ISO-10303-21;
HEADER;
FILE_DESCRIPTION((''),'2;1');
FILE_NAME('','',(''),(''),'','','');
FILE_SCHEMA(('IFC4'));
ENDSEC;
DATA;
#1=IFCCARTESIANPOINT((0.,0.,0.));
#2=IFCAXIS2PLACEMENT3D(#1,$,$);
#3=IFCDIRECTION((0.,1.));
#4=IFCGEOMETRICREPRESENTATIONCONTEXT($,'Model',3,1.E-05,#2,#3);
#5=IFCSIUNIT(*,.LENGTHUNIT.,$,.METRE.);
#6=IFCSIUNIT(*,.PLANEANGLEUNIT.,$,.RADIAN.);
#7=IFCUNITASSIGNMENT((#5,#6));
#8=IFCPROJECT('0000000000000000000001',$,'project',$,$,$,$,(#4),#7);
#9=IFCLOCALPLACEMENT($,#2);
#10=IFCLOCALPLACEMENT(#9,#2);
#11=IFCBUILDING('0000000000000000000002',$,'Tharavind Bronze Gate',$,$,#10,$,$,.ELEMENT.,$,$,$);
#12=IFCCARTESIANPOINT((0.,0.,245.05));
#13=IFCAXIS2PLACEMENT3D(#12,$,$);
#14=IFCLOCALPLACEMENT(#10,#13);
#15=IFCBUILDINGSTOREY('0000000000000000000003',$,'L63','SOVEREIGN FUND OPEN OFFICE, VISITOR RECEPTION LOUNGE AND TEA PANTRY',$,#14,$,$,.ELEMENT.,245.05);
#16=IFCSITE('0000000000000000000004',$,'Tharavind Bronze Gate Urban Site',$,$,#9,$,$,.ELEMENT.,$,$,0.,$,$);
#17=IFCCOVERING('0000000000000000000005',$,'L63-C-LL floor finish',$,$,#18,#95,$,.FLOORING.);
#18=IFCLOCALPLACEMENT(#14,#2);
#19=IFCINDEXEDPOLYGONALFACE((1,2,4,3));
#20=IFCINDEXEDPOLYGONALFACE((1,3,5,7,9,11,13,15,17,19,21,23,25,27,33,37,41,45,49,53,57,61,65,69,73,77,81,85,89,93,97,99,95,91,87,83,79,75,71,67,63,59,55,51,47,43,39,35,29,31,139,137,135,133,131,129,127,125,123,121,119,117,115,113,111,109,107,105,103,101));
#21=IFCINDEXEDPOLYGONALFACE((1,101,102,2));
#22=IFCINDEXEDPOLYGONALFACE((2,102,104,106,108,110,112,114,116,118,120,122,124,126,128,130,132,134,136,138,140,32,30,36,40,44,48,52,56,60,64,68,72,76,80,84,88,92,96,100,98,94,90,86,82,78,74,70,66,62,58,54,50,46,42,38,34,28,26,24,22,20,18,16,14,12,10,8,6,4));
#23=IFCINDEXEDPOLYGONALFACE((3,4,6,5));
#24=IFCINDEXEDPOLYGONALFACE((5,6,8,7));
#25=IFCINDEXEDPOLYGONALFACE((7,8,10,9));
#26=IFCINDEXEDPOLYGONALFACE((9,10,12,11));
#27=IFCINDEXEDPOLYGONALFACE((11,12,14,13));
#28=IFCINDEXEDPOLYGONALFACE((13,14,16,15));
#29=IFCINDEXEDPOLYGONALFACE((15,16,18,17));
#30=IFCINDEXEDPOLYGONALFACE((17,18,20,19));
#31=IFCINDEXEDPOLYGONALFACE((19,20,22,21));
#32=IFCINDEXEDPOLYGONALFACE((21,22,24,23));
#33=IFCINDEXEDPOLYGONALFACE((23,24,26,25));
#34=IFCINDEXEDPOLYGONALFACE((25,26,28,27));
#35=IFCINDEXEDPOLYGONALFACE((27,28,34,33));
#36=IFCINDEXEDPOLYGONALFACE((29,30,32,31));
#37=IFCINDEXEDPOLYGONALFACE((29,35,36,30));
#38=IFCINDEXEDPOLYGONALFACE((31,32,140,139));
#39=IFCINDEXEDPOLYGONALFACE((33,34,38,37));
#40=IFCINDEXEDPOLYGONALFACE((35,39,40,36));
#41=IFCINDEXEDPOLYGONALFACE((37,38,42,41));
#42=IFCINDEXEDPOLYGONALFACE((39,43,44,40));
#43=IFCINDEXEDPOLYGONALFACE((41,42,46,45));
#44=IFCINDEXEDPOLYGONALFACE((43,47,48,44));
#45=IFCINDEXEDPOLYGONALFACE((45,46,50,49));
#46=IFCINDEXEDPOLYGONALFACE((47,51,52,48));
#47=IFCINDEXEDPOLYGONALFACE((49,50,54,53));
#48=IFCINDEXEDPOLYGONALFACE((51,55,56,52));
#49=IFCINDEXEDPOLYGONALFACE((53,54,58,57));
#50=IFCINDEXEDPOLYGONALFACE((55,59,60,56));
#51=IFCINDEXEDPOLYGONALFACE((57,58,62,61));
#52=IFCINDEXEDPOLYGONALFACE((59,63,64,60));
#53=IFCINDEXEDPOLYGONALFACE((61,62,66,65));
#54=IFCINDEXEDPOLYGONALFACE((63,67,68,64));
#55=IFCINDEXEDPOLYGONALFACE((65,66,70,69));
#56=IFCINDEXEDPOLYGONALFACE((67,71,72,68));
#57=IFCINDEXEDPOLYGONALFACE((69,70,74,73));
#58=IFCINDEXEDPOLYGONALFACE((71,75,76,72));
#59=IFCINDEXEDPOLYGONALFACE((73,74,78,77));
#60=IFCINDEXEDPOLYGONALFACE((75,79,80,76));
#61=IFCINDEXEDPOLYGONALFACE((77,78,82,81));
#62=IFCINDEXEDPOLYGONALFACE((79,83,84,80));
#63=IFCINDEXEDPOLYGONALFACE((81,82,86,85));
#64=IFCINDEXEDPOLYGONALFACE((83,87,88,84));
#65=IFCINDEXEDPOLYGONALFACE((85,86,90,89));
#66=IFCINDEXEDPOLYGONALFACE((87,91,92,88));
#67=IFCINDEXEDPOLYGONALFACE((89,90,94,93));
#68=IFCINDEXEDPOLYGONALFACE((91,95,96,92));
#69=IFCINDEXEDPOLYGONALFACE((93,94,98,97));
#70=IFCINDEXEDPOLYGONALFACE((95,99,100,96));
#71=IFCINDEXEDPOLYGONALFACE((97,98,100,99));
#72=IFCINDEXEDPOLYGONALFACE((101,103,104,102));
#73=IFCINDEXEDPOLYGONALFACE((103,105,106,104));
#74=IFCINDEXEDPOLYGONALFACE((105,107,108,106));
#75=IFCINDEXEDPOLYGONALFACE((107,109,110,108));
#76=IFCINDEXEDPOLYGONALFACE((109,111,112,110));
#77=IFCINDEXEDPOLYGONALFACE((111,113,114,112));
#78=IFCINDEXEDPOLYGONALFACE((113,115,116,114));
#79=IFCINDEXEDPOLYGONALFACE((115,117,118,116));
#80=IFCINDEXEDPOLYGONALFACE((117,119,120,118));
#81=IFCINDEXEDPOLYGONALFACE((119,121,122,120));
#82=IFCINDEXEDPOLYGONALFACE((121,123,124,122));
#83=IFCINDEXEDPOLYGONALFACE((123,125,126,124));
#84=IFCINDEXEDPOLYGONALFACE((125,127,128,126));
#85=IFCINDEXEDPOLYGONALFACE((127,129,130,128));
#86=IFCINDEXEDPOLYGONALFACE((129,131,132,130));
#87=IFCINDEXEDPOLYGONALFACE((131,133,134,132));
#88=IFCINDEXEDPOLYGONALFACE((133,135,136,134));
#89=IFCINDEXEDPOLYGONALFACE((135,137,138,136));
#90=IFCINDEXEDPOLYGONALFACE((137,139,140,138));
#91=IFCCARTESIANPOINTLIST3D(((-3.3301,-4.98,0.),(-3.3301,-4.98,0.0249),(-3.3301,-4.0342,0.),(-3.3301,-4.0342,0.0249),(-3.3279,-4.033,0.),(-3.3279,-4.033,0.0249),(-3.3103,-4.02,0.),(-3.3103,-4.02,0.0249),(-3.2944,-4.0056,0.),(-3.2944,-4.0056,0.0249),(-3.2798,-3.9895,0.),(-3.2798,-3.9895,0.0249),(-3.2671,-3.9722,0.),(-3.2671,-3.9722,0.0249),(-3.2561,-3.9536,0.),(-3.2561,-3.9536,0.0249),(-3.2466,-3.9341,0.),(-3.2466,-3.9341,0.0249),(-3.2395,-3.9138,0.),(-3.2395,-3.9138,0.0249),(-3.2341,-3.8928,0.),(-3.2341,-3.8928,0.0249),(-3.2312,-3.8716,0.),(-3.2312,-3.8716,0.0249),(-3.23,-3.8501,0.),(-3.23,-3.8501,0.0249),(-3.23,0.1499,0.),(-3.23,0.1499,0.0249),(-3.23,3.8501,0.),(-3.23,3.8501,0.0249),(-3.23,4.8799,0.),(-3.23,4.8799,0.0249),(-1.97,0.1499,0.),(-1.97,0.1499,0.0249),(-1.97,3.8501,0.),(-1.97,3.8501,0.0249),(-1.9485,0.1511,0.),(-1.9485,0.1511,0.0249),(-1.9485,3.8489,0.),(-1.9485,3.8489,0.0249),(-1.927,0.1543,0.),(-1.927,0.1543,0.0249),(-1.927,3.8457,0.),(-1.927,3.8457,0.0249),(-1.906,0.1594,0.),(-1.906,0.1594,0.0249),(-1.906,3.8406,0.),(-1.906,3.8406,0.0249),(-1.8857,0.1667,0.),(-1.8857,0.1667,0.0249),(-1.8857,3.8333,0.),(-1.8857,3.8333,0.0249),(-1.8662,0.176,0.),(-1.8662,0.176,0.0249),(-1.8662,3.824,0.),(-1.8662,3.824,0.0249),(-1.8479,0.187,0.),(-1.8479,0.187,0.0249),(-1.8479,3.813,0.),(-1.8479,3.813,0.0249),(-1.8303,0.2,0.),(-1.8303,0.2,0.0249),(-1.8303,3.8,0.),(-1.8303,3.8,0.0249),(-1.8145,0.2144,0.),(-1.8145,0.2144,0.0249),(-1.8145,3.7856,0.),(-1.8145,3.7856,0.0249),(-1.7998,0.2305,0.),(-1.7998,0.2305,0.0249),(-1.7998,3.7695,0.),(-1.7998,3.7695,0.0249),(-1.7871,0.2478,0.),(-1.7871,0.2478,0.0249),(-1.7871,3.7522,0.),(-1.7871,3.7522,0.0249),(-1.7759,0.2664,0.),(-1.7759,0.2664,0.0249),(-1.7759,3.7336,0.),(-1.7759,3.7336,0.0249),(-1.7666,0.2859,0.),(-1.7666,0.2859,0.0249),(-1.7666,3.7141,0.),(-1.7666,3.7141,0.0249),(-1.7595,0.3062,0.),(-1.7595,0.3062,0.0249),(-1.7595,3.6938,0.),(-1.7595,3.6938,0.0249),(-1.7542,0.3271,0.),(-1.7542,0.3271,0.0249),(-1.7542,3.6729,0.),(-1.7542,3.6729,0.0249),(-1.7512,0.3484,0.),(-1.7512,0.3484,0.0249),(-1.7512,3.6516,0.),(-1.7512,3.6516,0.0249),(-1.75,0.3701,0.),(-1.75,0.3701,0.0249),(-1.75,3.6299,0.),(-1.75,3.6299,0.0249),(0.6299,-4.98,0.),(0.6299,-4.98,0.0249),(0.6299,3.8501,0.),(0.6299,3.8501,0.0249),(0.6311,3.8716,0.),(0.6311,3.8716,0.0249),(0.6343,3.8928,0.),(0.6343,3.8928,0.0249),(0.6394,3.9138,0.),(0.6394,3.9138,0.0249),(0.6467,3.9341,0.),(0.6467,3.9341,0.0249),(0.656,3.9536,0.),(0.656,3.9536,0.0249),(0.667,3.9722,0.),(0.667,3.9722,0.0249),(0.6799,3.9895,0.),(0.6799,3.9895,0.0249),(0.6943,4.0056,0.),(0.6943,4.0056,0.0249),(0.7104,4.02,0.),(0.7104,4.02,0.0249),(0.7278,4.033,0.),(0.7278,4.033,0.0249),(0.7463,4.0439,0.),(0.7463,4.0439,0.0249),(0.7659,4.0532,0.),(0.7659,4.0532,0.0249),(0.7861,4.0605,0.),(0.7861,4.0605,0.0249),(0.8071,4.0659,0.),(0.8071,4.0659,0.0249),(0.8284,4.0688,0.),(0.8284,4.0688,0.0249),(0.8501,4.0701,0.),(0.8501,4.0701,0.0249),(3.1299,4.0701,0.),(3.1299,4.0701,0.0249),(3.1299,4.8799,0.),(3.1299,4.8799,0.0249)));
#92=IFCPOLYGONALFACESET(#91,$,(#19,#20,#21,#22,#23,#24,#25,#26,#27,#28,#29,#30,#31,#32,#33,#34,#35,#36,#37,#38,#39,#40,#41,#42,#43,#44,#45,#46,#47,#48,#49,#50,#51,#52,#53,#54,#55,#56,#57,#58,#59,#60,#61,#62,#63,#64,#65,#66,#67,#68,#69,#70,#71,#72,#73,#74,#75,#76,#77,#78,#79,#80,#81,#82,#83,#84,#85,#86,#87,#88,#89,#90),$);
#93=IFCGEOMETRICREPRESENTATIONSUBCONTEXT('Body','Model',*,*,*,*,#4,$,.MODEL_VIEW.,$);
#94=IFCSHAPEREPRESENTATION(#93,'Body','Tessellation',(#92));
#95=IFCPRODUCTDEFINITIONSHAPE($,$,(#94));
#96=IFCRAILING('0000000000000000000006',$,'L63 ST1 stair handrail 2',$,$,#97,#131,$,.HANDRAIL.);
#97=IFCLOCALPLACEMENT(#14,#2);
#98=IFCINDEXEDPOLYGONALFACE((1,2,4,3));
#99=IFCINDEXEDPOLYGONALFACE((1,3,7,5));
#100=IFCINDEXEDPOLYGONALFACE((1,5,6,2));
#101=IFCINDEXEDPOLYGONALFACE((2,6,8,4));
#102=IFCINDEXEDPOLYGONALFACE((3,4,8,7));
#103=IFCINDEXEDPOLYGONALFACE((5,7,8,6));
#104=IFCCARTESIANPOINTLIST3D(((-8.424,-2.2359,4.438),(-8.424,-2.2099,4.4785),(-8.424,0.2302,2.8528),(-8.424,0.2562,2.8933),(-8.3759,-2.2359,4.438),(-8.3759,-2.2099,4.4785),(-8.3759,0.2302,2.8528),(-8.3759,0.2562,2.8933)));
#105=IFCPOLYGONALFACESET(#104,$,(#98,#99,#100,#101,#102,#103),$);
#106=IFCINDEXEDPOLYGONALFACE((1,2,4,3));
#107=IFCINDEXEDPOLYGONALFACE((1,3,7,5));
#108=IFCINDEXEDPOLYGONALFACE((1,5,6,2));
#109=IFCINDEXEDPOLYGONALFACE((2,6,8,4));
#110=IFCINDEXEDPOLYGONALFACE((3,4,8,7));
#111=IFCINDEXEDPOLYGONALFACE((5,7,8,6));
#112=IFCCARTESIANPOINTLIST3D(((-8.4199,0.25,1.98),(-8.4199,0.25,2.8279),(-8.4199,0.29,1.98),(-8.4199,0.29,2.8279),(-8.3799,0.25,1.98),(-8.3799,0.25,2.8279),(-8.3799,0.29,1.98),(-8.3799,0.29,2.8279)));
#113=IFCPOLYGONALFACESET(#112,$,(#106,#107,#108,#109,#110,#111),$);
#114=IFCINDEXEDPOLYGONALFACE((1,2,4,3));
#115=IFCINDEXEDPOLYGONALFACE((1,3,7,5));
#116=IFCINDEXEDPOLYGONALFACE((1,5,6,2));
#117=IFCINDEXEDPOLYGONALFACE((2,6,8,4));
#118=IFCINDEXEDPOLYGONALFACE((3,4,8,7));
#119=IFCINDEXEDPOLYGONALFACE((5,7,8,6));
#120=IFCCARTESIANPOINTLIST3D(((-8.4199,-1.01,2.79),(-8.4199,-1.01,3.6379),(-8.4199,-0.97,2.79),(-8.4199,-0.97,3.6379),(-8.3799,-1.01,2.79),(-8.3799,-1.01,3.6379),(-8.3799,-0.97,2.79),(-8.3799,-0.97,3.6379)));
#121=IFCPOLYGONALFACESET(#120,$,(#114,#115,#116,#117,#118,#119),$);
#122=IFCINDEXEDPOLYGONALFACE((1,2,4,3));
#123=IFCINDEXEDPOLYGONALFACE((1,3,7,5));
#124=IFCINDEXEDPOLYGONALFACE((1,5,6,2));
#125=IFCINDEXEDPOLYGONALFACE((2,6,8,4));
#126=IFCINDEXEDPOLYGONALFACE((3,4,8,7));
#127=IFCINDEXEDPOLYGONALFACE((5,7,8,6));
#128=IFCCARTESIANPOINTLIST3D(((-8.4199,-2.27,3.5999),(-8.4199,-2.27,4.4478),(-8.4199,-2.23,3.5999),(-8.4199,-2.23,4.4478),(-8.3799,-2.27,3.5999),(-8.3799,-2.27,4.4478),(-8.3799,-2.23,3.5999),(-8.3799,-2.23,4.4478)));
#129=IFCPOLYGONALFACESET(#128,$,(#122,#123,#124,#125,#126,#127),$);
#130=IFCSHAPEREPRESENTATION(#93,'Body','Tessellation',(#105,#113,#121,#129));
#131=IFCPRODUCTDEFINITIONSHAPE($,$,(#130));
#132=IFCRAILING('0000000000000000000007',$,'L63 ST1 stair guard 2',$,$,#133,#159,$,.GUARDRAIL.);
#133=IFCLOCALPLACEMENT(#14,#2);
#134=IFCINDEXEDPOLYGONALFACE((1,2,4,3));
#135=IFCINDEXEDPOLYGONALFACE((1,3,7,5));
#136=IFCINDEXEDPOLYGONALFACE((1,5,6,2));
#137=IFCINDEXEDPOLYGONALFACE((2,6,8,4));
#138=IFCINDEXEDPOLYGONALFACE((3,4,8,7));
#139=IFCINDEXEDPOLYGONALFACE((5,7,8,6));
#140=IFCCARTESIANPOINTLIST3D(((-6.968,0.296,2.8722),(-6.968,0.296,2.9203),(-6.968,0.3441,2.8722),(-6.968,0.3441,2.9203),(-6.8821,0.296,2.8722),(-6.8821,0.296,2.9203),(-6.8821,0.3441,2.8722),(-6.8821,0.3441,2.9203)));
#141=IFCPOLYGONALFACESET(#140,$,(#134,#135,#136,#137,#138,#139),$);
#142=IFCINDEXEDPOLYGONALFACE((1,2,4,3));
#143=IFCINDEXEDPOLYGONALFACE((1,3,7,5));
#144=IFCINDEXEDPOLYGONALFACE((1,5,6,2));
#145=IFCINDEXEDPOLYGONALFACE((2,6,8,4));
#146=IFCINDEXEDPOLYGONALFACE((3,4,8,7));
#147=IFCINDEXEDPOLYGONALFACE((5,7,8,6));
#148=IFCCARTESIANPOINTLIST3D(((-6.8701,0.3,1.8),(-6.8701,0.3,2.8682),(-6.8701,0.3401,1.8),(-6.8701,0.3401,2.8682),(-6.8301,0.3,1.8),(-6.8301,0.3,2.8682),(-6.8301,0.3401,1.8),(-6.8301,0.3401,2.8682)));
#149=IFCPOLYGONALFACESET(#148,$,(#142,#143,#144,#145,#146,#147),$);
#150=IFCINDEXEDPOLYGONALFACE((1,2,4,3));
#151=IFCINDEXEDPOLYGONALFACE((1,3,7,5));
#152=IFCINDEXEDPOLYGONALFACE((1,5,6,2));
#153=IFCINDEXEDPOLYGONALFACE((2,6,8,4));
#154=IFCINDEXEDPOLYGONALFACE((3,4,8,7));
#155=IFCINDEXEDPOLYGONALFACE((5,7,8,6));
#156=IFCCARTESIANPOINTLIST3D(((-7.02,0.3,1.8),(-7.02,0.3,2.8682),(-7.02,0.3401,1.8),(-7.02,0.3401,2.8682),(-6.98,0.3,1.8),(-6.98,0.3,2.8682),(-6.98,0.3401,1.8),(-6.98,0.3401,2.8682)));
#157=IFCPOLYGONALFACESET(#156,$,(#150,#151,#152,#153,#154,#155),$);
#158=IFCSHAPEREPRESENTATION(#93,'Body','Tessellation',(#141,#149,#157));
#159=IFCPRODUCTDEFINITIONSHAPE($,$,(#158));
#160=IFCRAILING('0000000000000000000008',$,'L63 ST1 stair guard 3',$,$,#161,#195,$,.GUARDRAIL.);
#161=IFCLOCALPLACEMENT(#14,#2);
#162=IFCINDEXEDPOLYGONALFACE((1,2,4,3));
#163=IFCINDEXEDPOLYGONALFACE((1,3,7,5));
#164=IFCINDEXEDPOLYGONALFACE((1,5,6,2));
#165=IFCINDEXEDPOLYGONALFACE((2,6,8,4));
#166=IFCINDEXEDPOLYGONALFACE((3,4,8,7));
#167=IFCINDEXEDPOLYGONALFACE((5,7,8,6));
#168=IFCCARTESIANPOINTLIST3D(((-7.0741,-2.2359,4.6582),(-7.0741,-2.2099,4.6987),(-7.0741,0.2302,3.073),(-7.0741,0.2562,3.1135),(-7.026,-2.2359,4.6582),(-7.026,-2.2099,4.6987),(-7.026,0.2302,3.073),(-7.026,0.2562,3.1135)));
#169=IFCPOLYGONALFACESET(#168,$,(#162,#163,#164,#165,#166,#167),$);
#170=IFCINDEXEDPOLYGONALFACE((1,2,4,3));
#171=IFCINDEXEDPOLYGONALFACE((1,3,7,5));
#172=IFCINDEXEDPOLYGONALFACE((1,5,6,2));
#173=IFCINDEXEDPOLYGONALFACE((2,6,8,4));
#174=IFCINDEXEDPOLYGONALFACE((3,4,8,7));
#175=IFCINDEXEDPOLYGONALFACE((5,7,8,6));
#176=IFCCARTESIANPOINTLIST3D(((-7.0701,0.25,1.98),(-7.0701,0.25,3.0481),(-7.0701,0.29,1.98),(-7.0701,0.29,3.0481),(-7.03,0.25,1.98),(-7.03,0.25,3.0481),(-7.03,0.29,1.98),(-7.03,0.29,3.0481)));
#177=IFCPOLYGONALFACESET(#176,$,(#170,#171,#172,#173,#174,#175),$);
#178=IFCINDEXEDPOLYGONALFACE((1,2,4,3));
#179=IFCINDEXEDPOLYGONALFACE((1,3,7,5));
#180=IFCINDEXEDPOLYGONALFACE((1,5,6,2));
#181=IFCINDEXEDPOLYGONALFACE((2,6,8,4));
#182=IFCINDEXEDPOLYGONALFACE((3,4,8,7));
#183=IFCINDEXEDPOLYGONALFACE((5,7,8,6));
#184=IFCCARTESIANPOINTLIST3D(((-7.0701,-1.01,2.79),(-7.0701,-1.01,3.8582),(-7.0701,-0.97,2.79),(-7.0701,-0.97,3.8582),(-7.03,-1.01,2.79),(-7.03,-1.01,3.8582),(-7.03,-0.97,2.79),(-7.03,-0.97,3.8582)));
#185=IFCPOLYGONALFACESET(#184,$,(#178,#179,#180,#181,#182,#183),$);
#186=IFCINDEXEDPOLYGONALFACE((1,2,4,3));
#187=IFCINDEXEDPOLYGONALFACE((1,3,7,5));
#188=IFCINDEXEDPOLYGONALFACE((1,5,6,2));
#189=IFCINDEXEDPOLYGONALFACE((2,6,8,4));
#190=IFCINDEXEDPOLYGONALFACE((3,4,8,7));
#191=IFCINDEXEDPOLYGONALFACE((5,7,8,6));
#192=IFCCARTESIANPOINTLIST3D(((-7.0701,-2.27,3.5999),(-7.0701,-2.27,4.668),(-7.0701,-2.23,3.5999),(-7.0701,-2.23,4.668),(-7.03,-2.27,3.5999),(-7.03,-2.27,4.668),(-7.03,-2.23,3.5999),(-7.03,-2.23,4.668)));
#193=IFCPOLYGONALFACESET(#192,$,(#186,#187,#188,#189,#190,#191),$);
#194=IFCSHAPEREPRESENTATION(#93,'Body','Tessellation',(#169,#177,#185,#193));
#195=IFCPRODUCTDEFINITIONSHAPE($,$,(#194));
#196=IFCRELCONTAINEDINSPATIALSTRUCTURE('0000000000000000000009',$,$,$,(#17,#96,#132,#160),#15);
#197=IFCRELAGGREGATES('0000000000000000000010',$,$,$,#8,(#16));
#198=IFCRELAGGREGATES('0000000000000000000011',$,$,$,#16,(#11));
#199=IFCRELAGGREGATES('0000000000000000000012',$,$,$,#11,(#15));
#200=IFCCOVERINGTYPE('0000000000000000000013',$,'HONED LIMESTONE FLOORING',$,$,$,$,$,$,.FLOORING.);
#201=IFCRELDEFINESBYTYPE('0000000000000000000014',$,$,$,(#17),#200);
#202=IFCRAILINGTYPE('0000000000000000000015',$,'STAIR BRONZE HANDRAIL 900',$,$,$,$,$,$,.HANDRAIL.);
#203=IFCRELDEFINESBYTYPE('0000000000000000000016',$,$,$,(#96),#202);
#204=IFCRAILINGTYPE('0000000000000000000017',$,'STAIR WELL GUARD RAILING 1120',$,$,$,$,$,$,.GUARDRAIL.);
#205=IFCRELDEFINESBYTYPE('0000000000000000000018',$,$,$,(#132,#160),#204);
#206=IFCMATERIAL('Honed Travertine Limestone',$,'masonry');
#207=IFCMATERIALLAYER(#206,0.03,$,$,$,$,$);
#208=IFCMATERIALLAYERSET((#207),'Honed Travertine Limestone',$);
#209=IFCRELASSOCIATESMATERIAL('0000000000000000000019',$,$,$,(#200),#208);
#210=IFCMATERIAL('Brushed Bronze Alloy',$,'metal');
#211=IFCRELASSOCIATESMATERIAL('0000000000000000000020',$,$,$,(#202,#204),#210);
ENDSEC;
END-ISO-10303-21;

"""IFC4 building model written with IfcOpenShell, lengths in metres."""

from ifc_helpers import new_model, si_unit, direction, frame, origin, origin_2d, place, context, subcontext, project, spatial, polyline, rectangle, outline, extrude, material, layer, layer_set, type_object, element, save


model = new_model("IFC4")

# Units and contexts
model_context = context("Model", 3, precision=1e-05, world=origin(), true_north=direction((0.0, 1.0)))
body_context = subcontext(model_context, "Body", "Model", "MODEL_VIEW")
ifc_project = project(units=[si_unit("LENGTHUNIT", "METRE"), si_unit("PLANEANGLEUNIT", "RADIAN")], contexts=[model_context])

# Site, building, storey
site_placement = place(None, origin())
site = spatial("IfcSite", under=ifc_project, at=site_placement, Name="Tharavind Bronze Gate Urban Site", CompositionType="ELEMENT", RefElevation=0.0)
building_placement = place(site_placement, origin())
building = spatial("IfcBuilding", under=site, at=building_placement, Name="Tharavind Bronze Gate", CompositionType="ELEMENT")
storey_placement = place(building_placement, frame((0.0, 0.0, 245.05)))
storey = spatial("IfcBuildingStorey", under=building, at=storey_placement, Name="L63", Description="SOVEREIGN FUND OPEN OFFICE, VISITOR RECEPTION LOUNGE AND TEA PANTRY", CompositionType="ELEMENT", Elevation=245.05)

# Covering
ifc_material_1 = material(Name="Honed Travertine Limestone", Category="masonry")
ifc_layer_1 = layer(ifc_material_1, 0.03)
ifc_layer_set_1 = layer_set([ifc_layer_1], Name="Honed Travertine Limestone")
covering_type_1 = type_object("IfcCoveringType", Name="HONED LIMESTONE FLOORING", PredefinedType="FLOORING", material=ifc_layer_set_1)
covering_1_placement = place(storey_placement, origin())
element("IfcCovering", 1, at=covering_1_placement, inside=storey, type_object=covering_type_1, Name="L63-C-LL floor finish", PredefinedType="FLOORING", context=body_context, shape_type="SweptSolid", body=[
    extrude(outline(polyline([(-3.3301, -4.98), (0.6299, -4.98), (0.6299, 3.8501), (0.6311, 3.8716), (0.6343, 3.8928), (0.6394, 3.9138), (0.6467, 3.9341), (0.656, 3.9536), (0.667, 3.9722), (0.6799, 3.9895), (0.6943, 4.0056), (0.7104, 4.02), (0.7278, 4.033), (0.7463, 4.0439), (0.7659, 4.0532), (0.7861, 4.0605), (0.8071, 4.0659), (0.8284, 4.0688), (0.8501, 4.0701), (3.1299, 4.0701), (3.1299, 4.8799), (-3.23, 4.8799), (-3.23, 3.8501), (-1.97, 3.8501), (-1.9485, 3.8489), (-1.927, 3.8457), (-1.906, 3.8406), (-1.8857, 3.8333), (-1.8662, 3.824), (-1.8479, 3.813), (-1.8303, 3.8), (-1.8145, 3.7856), (-1.7998, 3.7695), (-1.7871, 3.7522), (-1.7759, 3.7336), (-1.7666, 3.7141), (-1.7595, 3.6938), (-1.7542, 3.6729), (-1.7512, 3.6516), (-1.75, 3.6299), (-1.75, 0.3701), (-1.7512, 0.3484), (-1.7542, 0.3271), (-1.7595, 0.3062), (-1.7666, 0.2859), (-1.7759, 0.2664), (-1.7871, 0.2478), (-1.7998, 0.2305), (-1.8145, 0.2144), (-1.8303, 0.2), (-1.8479, 0.187), (-1.8662, 0.176), (-1.8857, 0.1667), (-1.906, 0.1594), (-1.927, 0.1543), (-1.9485, 0.1511), (-1.97, 0.1499), (-3.23, 0.1499), (-3.23, -3.8501), (-3.2312, -3.8716), (-3.2341, -3.8928), (-3.2395, -3.9138), (-3.2466, -3.9341), (-3.2561, -3.9536), (-3.2671, -3.9722), (-3.2798, -3.9895), (-3.2944, -4.0056), (-3.3103, -4.02), (-3.3279, -4.033), (-3.3301, -4.0342), (-3.3301, -4.98)])), origin(), (0.0, 0.0, 1.0), 0.0249),
])

# Railings
ifc_material_2 = material(Name="Brushed Bronze Alloy", Category="metal")
railing_type_1 = type_object("IfcRailingType", Name="STAIR BRONZE HANDRAIL 900", PredefinedType="HANDRAIL", material=ifc_material_2)
railing_1_placement = place(storey_placement, frame((-8.3999, 0.27, 1.98)))
element("IfcRailing", 2, at=railing_1_placement, inside=storey, type_object=railing_type_1, Name="L63 ST1 stair handrail 2", PredefinedType="HANDRAIL", context=body_context, shape_type="SweptSolid", body=[
    extrude(rectangle(XDim=0.0481, YDim=0.0481, at=origin_2d()), frame((0.0, -0.0269, 0.8931), z_axis=(0.0, -0.8412, 0.540725), x_axis=(1.0, 0.0, 0.0)), (0.0, 0.0, 1.0), 2.9316),
    extrude(rectangle(XDim=0.04, YDim=0.04, at=origin_2d()), origin(), (0.0, 0.0, 1.0), 0.8479),
    extrude(rectangle(XDim=0.04, YDim=0.04, at=origin_2d()), frame((0.0, -1.26, 0.8101)), (0.0, 0.0, 1.0), 0.8479),
    extrude(rectangle(XDim=0.04, YDim=0.04, at=origin_2d()), frame((0.0, -2.52, 1.6199)), (0.0, 0.0, 1.0), 0.8479),
])
railing_type_2 = type_object("IfcRailingType", Name="STAIR WELL GUARD RAILING 1120", PredefinedType="GUARDRAIL", material=ifc_material_2)
railing_2_placement = place(storey_placement, frame((-6.8501, 0.3201, 1.8)))
element("IfcRailing", 3, at=railing_2_placement, inside=storey, type_object=railing_type_2, Name="L63 ST1 stair guard 2", PredefinedType="GUARDRAIL", context=body_context, shape_type="SweptSolid", body=[
    extrude(rectangle(XDim=0.0481, YDim=0.0481, at=origin_2d()), frame((-0.032, 0.0, 1.0962), z_axis=(-1.0, 0.0, 0.0), x_axis=(0.0, -1.0, 0.0)), (0.0, 0.0, 1.0), 0.0859),
    extrude(rectangle(XDim=0.04, YDim=0.04, at=origin_2d()), origin(), (0.0, 0.0, 1.0), 1.0681),
    extrude(rectangle(XDim=0.04, YDim=0.04, at=origin_2d()), frame((-0.1499, 0.0, 0.0)), (0.0, 0.0, 1.0), 1.0681),
])
railing_3_placement = place(storey_placement, frame((-7.05, 0.27, 1.98)))
element("IfcRailing", 4, at=railing_3_placement, inside=storey, type_object=railing_type_2, Name="L63 ST1 stair guard 3", PredefinedType="GUARDRAIL", context=body_context, shape_type="SweptSolid", body=[
    extrude(rectangle(XDim=0.0481, YDim=0.0481, at=origin_2d()), frame((0.0, -0.0269, 1.1133), z_axis=(0.0, -0.8412, 0.540725), x_axis=(1.0, 0.0, 0.0)), (0.0, 0.0, 1.0), 2.9316),
    extrude(rectangle(XDim=0.04, YDim=0.04, at=origin_2d()), origin(), (0.0, 0.0, 1.0), 1.0681),
    extrude(rectangle(XDim=0.04, YDim=0.04, at=origin_2d()), frame((0.0, -1.26, 0.8101)), (0.0, 0.0, 1.0), 1.0681),
    extrude(rectangle(XDim=0.04, YDim=0.04, at=origin_2d()), frame((0.0, -2.52, 1.6199)), (0.0, 0.0, 1.0), 1.0681),
])

save(model, "model.ifc")
